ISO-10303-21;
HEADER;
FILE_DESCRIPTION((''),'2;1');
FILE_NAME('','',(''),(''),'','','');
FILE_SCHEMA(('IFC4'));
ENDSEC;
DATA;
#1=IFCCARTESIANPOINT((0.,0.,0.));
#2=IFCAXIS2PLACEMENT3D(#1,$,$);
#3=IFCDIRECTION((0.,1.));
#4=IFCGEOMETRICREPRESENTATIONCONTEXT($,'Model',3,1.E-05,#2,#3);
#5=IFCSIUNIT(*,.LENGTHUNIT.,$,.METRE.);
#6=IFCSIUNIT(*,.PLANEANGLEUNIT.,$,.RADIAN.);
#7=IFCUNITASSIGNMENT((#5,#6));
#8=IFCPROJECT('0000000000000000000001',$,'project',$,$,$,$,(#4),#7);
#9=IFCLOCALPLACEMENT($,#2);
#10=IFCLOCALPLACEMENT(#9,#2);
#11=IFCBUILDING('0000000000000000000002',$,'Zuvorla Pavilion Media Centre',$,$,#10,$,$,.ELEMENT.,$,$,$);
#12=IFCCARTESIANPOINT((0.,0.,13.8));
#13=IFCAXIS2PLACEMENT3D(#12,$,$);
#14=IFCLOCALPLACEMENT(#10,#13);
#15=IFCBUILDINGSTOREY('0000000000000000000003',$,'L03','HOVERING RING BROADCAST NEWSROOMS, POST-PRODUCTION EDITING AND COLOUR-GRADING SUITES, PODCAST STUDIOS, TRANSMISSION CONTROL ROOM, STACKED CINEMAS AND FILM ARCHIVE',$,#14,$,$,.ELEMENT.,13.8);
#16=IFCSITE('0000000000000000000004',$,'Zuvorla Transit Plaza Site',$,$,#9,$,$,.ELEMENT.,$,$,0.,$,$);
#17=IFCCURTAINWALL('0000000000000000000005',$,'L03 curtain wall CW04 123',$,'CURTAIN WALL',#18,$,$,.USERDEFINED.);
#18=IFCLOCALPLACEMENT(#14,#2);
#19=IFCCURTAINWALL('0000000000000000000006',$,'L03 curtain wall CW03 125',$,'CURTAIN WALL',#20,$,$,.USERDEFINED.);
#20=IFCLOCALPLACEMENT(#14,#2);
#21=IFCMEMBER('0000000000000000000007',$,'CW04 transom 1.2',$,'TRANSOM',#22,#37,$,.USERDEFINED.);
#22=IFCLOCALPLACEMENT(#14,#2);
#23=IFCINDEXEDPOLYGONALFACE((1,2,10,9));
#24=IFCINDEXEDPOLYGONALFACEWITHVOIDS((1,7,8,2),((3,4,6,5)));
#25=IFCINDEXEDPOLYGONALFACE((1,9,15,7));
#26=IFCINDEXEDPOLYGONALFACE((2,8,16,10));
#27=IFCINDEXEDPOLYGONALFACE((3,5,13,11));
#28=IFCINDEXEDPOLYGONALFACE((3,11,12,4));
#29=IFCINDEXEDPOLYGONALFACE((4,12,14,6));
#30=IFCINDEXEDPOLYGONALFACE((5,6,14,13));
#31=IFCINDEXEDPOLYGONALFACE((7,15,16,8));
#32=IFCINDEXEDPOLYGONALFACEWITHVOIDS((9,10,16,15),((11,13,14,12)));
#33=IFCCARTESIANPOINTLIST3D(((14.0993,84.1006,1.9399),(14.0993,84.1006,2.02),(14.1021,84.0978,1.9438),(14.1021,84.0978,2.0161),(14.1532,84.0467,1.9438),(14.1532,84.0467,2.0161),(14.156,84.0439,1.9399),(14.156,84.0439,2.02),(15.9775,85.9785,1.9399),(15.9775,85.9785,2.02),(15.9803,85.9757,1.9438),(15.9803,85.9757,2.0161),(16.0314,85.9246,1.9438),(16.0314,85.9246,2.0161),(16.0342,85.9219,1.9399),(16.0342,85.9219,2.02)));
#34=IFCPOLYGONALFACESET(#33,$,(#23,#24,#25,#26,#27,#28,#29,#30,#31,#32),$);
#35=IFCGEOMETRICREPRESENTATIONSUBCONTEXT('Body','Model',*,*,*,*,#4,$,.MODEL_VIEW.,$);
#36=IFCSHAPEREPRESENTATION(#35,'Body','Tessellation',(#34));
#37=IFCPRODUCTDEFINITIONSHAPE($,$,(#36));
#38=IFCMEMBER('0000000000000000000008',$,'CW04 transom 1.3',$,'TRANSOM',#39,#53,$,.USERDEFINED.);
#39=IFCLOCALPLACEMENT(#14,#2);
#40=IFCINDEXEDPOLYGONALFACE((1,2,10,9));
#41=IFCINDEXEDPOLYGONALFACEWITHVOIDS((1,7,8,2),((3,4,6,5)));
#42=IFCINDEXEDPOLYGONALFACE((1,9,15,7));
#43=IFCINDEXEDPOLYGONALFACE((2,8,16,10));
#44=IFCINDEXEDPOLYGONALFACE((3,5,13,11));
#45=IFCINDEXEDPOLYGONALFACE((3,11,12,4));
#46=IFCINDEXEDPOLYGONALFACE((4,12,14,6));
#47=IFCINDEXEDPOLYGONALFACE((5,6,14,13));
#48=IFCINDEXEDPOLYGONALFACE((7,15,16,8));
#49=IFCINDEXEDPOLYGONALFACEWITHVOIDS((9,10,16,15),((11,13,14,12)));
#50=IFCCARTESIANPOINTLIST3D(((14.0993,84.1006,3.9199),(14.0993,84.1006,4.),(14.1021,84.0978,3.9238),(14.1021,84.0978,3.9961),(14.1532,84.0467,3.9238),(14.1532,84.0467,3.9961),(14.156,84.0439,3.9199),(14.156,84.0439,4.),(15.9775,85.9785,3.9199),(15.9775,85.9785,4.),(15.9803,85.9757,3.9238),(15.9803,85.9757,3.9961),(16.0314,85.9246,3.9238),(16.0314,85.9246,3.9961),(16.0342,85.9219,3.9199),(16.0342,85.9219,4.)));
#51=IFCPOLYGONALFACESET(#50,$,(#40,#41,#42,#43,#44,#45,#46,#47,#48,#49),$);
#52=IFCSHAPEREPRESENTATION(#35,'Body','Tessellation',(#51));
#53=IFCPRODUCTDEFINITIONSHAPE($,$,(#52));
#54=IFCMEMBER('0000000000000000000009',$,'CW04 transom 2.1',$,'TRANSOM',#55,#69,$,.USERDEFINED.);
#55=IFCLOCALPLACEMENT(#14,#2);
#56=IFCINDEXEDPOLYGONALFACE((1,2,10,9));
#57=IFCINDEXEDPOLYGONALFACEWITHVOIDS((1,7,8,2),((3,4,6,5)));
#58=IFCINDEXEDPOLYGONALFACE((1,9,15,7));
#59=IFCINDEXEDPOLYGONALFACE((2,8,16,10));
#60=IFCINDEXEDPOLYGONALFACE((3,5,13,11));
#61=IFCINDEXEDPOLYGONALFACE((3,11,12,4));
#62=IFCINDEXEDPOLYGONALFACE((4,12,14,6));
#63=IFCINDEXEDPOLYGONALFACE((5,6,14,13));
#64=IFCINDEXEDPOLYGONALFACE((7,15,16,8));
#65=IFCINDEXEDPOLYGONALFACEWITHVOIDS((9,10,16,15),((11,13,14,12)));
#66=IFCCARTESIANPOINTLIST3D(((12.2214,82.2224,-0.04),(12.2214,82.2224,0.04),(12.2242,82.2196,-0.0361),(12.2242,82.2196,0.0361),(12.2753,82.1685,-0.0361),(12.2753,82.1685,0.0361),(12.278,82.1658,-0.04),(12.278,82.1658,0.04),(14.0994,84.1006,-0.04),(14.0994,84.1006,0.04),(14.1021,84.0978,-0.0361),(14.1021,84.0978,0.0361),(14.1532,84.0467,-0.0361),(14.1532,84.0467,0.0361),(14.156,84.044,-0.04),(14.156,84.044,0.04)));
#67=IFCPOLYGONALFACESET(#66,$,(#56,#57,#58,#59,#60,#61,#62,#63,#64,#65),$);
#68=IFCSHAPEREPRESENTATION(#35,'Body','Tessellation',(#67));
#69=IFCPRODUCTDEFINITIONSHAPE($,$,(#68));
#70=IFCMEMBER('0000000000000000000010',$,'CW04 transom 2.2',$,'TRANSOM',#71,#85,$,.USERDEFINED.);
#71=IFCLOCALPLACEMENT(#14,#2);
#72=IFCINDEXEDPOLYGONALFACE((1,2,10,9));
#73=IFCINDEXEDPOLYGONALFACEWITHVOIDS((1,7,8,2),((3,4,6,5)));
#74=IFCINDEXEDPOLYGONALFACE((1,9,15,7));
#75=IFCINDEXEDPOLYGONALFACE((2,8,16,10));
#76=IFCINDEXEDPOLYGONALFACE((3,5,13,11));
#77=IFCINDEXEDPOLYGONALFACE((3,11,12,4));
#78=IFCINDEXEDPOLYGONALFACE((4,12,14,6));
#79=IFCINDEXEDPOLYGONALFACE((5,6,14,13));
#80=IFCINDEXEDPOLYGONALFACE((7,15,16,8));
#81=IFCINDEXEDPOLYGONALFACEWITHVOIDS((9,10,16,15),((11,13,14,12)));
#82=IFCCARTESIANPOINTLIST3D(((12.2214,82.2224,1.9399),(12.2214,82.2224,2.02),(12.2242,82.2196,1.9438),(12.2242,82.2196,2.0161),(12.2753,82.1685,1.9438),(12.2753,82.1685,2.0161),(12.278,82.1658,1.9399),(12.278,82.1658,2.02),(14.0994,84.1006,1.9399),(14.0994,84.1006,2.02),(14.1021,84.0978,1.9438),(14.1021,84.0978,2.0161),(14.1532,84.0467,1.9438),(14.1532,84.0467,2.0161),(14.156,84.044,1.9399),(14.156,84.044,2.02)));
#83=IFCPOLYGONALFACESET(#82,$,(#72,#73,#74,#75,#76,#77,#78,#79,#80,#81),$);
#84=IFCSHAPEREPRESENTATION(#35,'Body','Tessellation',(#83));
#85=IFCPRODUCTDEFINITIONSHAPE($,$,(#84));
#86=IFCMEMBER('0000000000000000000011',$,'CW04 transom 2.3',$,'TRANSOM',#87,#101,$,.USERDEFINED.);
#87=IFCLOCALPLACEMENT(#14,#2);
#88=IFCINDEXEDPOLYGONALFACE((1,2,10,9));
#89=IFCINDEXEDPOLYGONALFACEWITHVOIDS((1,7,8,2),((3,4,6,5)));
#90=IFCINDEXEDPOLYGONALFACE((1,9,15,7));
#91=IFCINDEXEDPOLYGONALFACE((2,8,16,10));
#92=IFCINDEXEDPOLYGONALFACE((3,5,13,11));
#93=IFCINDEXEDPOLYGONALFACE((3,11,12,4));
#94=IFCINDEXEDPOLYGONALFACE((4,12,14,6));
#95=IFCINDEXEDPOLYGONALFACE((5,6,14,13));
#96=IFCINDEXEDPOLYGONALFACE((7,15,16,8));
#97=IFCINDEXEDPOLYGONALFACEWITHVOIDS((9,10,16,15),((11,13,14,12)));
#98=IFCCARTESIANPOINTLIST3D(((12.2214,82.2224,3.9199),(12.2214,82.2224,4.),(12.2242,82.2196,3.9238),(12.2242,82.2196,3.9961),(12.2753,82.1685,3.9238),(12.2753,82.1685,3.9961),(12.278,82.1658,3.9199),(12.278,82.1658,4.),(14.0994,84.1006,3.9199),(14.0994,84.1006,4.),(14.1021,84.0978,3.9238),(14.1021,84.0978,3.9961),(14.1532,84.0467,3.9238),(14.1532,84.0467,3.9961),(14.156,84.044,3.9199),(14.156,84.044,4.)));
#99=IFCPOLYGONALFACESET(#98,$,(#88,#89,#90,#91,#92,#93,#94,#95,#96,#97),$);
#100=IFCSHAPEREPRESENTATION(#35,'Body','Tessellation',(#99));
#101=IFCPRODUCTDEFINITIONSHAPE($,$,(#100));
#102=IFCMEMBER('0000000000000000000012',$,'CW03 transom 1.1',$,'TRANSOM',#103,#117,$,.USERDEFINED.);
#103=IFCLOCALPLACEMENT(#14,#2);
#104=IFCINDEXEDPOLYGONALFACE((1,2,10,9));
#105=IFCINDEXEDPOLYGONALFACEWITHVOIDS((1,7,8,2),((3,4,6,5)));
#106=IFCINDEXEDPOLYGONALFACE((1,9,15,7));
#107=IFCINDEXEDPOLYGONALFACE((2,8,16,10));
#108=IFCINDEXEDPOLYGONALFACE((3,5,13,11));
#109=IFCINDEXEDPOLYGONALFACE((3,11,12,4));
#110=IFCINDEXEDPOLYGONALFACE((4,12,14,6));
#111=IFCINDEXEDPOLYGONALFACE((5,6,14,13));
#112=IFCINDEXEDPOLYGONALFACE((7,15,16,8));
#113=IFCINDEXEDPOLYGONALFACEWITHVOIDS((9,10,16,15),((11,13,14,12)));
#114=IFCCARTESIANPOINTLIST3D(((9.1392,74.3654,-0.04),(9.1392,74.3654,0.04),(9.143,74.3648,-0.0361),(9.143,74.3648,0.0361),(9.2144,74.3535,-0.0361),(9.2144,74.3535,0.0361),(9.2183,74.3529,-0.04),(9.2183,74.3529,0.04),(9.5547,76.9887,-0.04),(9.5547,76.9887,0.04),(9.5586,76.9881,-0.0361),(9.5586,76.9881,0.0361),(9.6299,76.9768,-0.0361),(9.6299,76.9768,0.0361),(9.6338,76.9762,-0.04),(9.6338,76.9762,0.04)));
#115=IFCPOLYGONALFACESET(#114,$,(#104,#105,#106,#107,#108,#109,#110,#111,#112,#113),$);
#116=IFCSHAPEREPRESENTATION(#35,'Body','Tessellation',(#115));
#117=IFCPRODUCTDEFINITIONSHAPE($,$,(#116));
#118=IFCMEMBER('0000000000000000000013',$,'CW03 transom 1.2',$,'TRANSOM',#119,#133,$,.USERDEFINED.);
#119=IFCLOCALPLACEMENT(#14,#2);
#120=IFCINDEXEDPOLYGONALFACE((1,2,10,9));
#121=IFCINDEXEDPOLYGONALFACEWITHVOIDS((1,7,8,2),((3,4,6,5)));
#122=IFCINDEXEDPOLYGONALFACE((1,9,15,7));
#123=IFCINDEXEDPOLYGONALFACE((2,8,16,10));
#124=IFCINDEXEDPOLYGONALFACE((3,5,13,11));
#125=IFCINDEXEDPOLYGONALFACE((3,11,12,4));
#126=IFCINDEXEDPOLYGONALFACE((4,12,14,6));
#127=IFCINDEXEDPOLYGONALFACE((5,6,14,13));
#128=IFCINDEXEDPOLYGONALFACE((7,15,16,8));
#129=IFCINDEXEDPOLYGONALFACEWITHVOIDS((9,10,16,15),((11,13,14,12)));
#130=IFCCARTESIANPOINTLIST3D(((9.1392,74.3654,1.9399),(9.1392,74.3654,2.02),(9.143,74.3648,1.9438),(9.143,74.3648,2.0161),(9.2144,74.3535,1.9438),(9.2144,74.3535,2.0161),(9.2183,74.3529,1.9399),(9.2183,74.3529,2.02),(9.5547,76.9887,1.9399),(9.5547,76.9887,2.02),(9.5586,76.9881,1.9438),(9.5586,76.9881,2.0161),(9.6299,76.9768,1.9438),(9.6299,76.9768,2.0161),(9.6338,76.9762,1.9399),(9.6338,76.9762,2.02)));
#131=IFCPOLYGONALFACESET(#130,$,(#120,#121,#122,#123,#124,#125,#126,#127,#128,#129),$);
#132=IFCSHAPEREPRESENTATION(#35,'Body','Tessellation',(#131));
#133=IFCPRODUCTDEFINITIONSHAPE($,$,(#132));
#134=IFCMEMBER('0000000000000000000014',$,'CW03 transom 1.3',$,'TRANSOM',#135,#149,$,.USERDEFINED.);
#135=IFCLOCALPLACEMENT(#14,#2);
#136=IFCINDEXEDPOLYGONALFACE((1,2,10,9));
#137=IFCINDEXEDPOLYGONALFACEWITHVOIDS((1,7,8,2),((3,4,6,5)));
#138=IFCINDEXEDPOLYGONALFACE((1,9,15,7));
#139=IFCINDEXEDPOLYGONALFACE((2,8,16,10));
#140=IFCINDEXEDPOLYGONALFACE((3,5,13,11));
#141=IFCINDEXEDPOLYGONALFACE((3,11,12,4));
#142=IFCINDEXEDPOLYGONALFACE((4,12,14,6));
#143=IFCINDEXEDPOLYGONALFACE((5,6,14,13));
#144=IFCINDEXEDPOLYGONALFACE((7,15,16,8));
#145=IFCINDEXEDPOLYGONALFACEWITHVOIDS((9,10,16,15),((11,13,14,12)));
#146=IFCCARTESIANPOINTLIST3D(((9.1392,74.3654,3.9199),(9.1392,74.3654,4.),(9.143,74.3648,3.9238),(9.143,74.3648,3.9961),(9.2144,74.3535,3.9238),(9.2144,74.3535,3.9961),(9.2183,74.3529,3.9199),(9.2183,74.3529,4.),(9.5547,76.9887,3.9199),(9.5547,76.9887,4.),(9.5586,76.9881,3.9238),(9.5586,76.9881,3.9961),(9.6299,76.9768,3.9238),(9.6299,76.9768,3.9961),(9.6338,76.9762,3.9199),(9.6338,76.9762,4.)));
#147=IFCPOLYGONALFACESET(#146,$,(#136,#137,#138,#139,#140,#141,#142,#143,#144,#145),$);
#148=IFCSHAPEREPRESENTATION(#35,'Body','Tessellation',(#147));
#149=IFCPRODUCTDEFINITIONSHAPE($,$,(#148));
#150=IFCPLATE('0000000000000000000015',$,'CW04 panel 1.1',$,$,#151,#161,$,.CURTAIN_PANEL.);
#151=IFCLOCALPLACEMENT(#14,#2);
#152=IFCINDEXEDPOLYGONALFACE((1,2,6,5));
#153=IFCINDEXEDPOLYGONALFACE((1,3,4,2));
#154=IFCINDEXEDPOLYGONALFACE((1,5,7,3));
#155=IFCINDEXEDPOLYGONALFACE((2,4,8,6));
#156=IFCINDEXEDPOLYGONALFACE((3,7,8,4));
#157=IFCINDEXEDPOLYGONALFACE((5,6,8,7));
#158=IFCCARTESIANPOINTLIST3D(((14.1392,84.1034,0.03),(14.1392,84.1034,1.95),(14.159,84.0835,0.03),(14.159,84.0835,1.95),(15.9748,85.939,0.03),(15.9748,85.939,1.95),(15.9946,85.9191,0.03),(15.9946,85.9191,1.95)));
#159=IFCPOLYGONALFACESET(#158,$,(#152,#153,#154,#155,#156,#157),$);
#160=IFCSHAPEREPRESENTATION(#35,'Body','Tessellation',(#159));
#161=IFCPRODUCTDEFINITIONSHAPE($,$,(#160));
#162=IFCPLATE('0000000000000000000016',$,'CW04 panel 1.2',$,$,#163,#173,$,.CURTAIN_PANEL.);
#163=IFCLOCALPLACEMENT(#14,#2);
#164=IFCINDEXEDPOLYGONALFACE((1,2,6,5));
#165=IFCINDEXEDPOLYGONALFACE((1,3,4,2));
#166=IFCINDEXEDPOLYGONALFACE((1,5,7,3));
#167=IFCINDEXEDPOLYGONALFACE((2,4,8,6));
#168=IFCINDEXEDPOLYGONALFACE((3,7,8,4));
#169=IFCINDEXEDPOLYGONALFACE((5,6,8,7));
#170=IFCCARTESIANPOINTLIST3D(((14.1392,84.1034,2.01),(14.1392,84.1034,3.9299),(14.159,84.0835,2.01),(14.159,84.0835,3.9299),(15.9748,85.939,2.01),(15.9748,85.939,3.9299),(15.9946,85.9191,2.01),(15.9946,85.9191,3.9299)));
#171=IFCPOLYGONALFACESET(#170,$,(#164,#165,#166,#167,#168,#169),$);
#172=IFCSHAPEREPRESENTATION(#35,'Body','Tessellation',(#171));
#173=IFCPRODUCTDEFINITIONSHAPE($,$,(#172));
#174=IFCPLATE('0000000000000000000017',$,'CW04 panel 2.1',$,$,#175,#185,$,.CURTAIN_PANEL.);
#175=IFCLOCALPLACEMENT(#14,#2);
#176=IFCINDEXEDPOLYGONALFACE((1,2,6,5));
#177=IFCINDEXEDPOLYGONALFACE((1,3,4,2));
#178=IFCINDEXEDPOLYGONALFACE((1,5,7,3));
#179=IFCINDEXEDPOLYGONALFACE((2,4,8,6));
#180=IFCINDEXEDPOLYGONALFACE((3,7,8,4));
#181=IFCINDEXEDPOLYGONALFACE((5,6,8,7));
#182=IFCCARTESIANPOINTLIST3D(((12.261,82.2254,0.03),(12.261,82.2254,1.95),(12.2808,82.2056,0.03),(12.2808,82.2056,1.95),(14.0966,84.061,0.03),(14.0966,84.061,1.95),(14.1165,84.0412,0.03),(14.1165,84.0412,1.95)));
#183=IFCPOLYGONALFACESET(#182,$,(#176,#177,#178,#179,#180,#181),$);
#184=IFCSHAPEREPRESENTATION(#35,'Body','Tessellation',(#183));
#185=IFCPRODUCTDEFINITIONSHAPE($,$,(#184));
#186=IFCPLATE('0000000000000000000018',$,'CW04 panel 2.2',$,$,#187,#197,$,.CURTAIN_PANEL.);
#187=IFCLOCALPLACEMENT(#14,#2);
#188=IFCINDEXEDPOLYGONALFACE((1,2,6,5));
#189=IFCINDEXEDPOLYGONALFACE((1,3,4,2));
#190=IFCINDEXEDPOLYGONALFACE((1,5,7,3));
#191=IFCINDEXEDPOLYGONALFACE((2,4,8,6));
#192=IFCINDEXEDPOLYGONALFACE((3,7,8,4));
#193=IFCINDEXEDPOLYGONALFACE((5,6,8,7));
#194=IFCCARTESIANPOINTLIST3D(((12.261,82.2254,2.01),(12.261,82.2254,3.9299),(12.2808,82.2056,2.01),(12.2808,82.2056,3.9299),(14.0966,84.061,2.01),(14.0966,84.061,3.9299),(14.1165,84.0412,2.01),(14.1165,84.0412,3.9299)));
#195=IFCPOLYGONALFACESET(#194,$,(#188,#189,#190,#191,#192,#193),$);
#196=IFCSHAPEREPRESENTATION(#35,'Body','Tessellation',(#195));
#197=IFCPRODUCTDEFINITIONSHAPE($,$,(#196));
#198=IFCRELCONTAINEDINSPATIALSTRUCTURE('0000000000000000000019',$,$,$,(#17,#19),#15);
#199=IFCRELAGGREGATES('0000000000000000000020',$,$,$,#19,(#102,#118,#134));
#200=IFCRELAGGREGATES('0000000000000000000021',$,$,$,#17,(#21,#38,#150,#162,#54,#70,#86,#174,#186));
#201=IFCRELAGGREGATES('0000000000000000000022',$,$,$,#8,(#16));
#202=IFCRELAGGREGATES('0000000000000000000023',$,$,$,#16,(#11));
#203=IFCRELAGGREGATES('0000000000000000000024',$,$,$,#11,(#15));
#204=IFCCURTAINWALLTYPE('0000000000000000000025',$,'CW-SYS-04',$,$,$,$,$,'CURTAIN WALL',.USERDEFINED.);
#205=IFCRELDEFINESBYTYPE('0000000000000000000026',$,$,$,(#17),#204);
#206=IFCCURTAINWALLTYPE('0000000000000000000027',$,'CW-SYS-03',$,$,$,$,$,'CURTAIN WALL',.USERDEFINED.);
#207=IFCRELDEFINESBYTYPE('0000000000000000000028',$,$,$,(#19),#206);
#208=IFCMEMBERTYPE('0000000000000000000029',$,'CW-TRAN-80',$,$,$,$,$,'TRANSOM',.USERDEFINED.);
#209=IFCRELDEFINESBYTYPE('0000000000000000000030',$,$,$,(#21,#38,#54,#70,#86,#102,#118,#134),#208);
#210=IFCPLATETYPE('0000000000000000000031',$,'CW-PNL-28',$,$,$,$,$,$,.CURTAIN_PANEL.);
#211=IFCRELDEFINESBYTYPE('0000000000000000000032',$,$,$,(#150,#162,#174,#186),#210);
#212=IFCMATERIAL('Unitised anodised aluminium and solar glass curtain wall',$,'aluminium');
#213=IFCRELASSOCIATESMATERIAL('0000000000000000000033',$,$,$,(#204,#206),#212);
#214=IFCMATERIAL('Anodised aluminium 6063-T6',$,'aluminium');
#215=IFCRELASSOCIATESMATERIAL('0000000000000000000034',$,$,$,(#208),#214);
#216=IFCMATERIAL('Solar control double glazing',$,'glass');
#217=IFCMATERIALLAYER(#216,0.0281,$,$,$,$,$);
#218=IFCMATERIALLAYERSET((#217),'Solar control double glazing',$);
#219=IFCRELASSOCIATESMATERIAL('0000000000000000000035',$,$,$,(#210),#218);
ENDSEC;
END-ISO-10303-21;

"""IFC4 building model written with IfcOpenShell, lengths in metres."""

from ifc_helpers import new_model, si_unit, direction, frame, origin, origin_2d, place, context, subcontext, project, spatial, rectangle, hollow_rectangle, extrude, material, layer, layer_set, material_profile, profile_set, type_object, element, aggregate, save


model = new_model("IFC4")

# Units and contexts
model_context = context("Model", 3, precision=1e-05, world=origin(), true_north=direction((0.0, 1.0)))
body_context = subcontext(model_context, "Body", "Model", "MODEL_VIEW")
ifc_project = project(units=[si_unit("LENGTHUNIT", "METRE"), si_unit("PLANEANGLEUNIT", "RADIAN")], contexts=[model_context])

# Site, building, storey
site_placement = place(None, origin())
site = spatial("IfcSite", under=ifc_project, at=site_placement, Name="Zuvorla Transit Plaza Site", CompositionType="ELEMENT", RefElevation=0.0)
building_placement = place(site_placement, origin())
building = spatial("IfcBuilding", under=site, at=building_placement, Name="Zuvorla Pavilion Media Centre", CompositionType="ELEMENT")
storey_placement = place(building_placement, frame((0.0, 0.0, 13.8)))
storey = spatial("IfcBuildingStorey", under=building, at=storey_placement, Name="L03", Description="HOVERING RING BROADCAST NEWSROOMS, POST-PRODUCTION EDITING AND COLOUR-GRADING SUITES, PODCAST STUDIOS, TRANSMISSION CONTROL ROOM, STACKED CINEMAS AND FILM ARCHIVE", CompositionType="ELEMENT", Elevation=13.8)

# Curtain wall
ifc_material_1 = material(Name="Unitised anodised aluminium and solar glass curtain wall", Category="aluminium")
curtain_wall_type_1 = type_object("IfcCurtainWallType", Name="CW-SYS-04", ElementType="CURTAIN WALL", PredefinedType="USERDEFINED", material=ifc_material_1)
curtain_wall_1_placement = place(storey_placement, origin())
curtain_wall_1 = element("IfcCurtainWall", 1, at=curtain_wall_1_placement, inside=storey, type_object=curtain_wall_type_1, Name="L03 curtain wall CW04 123", ObjectType="CURTAIN WALL", PredefinedType="USERDEFINED")
ifc_material_2 = material(Name="Anodised aluminium 6063-T6", Category="aluminium")

# Curtain wall
curtain_wall_type_2 = type_object("IfcCurtainWallType", Name="CW-SYS-03", ElementType="CURTAIN WALL", PredefinedType="USERDEFINED", material=ifc_material_1)
curtain_wall_2_placement = place(storey_placement, origin())
curtain_wall_2 = element("IfcCurtainWall", 2, at=curtain_wall_2_placement, inside=storey, type_object=curtain_wall_type_2, Name="L03 curtain wall CW03 125", ObjectType="CURTAIN WALL", PredefinedType="USERDEFINED")

# Members
ifc_material_profile_1 = material_profile(ifc_material_2, hollow_rectangle(XDim=0.0801, YDim=0.0801, WallThickness=0.0039, at=origin_2d()), Name="ALU TRAN 80x80")
ifc_profile_set_1 = profile_set([ifc_material_profile_1], Name="Anodised aluminium 6063-T6")
member_type_1 = type_object("IfcMemberType", Name="CW-TRAN-80", ElementType="TRANSOM", PredefinedType="USERDEFINED", material=ifc_profile_set_1)
member_1_placement = place(storey_placement, frame((16.0059, 85.9502, 1.98), z_axis=(-0.707153, -0.707061, 0.0), x_axis=(0.707061, -0.707153, 0.0)))
member_1 = element("IfcMember", 3, at=member_1_placement, type_object=member_type_1, Name="CW04 transom 1.2", ObjectType="TRANSOM", PredefinedType="USERDEFINED", context=body_context, shape_type="SweptSolid", body=[
    extrude(hollow_rectangle(XDim=0.0801, YDim=0.0801, WallThickness=0.0039, at=origin_2d()), origin(), (0.0, 0.0, 1.0), 2.656),
])
member_2_placement = place(storey_placement, frame((16.0059, 85.9502, 3.96), z_axis=(-0.707153, -0.707061, 0.0), x_axis=(0.707061, -0.707153, 0.0)))
member_2 = element("IfcMember", 4, at=member_2_placement, type_object=member_type_1, Name="CW04 transom 1.3", ObjectType="TRANSOM", PredefinedType="USERDEFINED", context=body_context, shape_type="SweptSolid", body=[
    extrude(hollow_rectangle(XDim=0.0801, YDim=0.0801, WallThickness=0.0039, at=origin_2d()), origin(), (0.0, 0.0, 1.0), 2.656),
])
member_3_placement = place(storey_placement, frame((14.1277, 84.0723, 0.0), z_axis=(-0.707061, -0.707153, 0.0), x_axis=(0.707153, -0.707061, 0.0)))
member_3 = element("IfcMember", 5, at=member_3_placement, type_object=member_type_1, Name="CW04 transom 2.1", ObjectType="TRANSOM", PredefinedType="USERDEFINED", context=body_context, shape_type="SweptSolid", body=[
    extrude(hollow_rectangle(XDim=0.0801, YDim=0.0801, WallThickness=0.0039, at=origin_2d()), origin(), (0.0, 0.0, 1.0), 2.656),
])
member_4_placement = place(storey_placement, frame((14.1277, 84.0723, 1.98), z_axis=(-0.707061, -0.707153, 0.0), x_axis=(0.707153, -0.707061, 0.0)))
member_4 = element("IfcMember", 6, at=member_4_placement, type_object=member_type_1, Name="CW04 transom 2.2", ObjectType="TRANSOM", PredefinedType="USERDEFINED", context=body_context, shape_type="SweptSolid", body=[
    extrude(hollow_rectangle(XDim=0.0801, YDim=0.0801, WallThickness=0.0039, at=origin_2d()), origin(), (0.0, 0.0, 1.0), 2.656),
])
member_5_placement = place(storey_placement, frame((14.1277, 84.0723, 3.96), z_axis=(-0.707061, -0.707153, 0.0), x_axis=(0.707153, -0.707061, 0.0)))
member_5 = element("IfcMember", 7, at=member_5_placement, type_object=member_type_1, Name="CW04 transom 2.3", ObjectType="TRANSOM", PredefinedType="USERDEFINED", context=body_context, shape_type="SweptSolid", body=[
    extrude(hollow_rectangle(XDim=0.0801, YDim=0.0801, WallThickness=0.0039, at=origin_2d()), origin(), (0.0, 0.0, 1.0), 2.656),
])
member_6_placement = place(storey_placement, frame((9.5942, 76.9824, 0.0), z_axis=(-0.156449, -0.987686, 0.0), x_axis=(0.987686, -0.156449, 0.0)))
member_6 = element("IfcMember", 8, at=member_6_placement, type_object=member_type_1, Name="CW03 transom 1.1", ObjectType="TRANSOM", PredefinedType="USERDEFINED", context=body_context, shape_type="SweptSolid", body=[
    extrude(hollow_rectangle(XDim=0.0801, YDim=0.0801, WallThickness=0.0039, at=origin_2d()), origin(), (0.0, 0.0, 1.0), 2.656),
])
member_7_placement = place(storey_placement, frame((9.5942, 76.9824, 1.98), z_axis=(-0.156449, -0.987686, 0.0), x_axis=(0.987686, -0.156449, 0.0)))
member_7 = element("IfcMember", 9, at=member_7_placement, type_object=member_type_1, Name="CW03 transom 1.2", ObjectType="TRANSOM", PredefinedType="USERDEFINED", context=body_context, shape_type="SweptSolid", body=[
    extrude(hollow_rectangle(XDim=0.0801, YDim=0.0801, WallThickness=0.0039, at=origin_2d()), origin(), (0.0, 0.0, 1.0), 2.656),
])
member_8_placement = place(storey_placement, frame((9.5942, 76.9824, 3.96), z_axis=(-0.156449, -0.987686, 0.0), x_axis=(0.987686, -0.156449, 0.0)))
member_8 = element("IfcMember", 10, at=member_8_placement, type_object=member_type_1, Name="CW03 transom 1.3", ObjectType="TRANSOM", PredefinedType="USERDEFINED", context=body_context, shape_type="SweptSolid", body=[
    extrude(hollow_rectangle(XDim=0.0801, YDim=0.0801, WallThickness=0.0039, at=origin_2d()), origin(), (0.0, 0.0, 1.0), 2.656),
])
aggregate(curtain_wall_2, [member_6, member_7, member_8])

# Plates
ifc_material_3 = material(Name="Solar control double glazing", Category="glass")
ifc_layer_1 = layer(ifc_material_3, 0.0281)
ifc_layer_set_1 = layer_set([ifc_layer_1], Name="Solar control double glazing")
plate_type_1 = type_object("IfcPlateType", Name="CW-PNL-28", PredefinedType="CURTAIN_PANEL", material=ifc_layer_set_1)
plate_1_placement = place(storey_placement, frame((15.0669, 85.0112, 0.03), z_axis=(0.0, 0.0, 1.0), x_axis=(-0.707107, -0.707107, 0.0)))
plate_1 = element("IfcPlate", 11, at=plate_1_placement, type_object=plate_type_1, Name="CW04 panel 1.1", PredefinedType="CURTAIN_PANEL", context=body_context, shape_type="SweptSolid", body=[
    extrude(rectangle(XDim=2.5959, YDim=0.0281, at=origin_2d()), origin(), (0.0, 0.0, 1.0), 1.9199),
])
plate_2_placement = place(storey_placement, frame((15.0669, 85.0112, 2.01), z_axis=(0.0, 0.0, 1.0), x_axis=(-0.707107, -0.707107, 0.0)))
plate_2 = element("IfcPlate", 12, at=plate_2_placement, type_object=plate_type_1, Name="CW04 panel 1.2", PredefinedType="CURTAIN_PANEL", context=body_context, shape_type="SweptSolid", body=[
    extrude(rectangle(XDim=2.5959, YDim=0.0281, at=origin_2d()), origin(), (0.0, 0.0, 1.0), 1.9199),
])
plate_3_placement = place(storey_placement, frame((13.1887, 83.1333, 0.03), z_axis=(0.0, 0.0, 1.0), x_axis=(-0.707107, -0.707107, 0.0)))
plate_3 = element("IfcPlate", 13, at=plate_3_placement, type_object=plate_type_1, Name="CW04 panel 2.1", PredefinedType="CURTAIN_PANEL", context=body_context, shape_type="SweptSolid", body=[
    extrude(rectangle(XDim=2.5959, YDim=0.0281, at=origin_2d()), origin(), (0.0, 0.0, 1.0), 1.9199),
])
plate_4_placement = place(storey_placement, frame((13.1887, 83.1333, 2.01), z_axis=(0.0, 0.0, 1.0), x_axis=(-0.707107, -0.707107, 0.0)))
plate_4 = element("IfcPlate", 14, at=plate_4_placement, type_object=plate_type_1, Name="CW04 panel 2.2", PredefinedType="CURTAIN_PANEL", context=body_context, shape_type="SweptSolid", body=[
    extrude(rectangle(XDim=2.5959, YDim=0.0281, at=origin_2d()), origin(), (0.0, 0.0, 1.0), 1.9199),
])
aggregate(curtain_wall_1, [member_1, member_2, plate_1, plate_2, member_3, member_4, member_5, plate_3, plate_4])

save(model, "model.ifc")
